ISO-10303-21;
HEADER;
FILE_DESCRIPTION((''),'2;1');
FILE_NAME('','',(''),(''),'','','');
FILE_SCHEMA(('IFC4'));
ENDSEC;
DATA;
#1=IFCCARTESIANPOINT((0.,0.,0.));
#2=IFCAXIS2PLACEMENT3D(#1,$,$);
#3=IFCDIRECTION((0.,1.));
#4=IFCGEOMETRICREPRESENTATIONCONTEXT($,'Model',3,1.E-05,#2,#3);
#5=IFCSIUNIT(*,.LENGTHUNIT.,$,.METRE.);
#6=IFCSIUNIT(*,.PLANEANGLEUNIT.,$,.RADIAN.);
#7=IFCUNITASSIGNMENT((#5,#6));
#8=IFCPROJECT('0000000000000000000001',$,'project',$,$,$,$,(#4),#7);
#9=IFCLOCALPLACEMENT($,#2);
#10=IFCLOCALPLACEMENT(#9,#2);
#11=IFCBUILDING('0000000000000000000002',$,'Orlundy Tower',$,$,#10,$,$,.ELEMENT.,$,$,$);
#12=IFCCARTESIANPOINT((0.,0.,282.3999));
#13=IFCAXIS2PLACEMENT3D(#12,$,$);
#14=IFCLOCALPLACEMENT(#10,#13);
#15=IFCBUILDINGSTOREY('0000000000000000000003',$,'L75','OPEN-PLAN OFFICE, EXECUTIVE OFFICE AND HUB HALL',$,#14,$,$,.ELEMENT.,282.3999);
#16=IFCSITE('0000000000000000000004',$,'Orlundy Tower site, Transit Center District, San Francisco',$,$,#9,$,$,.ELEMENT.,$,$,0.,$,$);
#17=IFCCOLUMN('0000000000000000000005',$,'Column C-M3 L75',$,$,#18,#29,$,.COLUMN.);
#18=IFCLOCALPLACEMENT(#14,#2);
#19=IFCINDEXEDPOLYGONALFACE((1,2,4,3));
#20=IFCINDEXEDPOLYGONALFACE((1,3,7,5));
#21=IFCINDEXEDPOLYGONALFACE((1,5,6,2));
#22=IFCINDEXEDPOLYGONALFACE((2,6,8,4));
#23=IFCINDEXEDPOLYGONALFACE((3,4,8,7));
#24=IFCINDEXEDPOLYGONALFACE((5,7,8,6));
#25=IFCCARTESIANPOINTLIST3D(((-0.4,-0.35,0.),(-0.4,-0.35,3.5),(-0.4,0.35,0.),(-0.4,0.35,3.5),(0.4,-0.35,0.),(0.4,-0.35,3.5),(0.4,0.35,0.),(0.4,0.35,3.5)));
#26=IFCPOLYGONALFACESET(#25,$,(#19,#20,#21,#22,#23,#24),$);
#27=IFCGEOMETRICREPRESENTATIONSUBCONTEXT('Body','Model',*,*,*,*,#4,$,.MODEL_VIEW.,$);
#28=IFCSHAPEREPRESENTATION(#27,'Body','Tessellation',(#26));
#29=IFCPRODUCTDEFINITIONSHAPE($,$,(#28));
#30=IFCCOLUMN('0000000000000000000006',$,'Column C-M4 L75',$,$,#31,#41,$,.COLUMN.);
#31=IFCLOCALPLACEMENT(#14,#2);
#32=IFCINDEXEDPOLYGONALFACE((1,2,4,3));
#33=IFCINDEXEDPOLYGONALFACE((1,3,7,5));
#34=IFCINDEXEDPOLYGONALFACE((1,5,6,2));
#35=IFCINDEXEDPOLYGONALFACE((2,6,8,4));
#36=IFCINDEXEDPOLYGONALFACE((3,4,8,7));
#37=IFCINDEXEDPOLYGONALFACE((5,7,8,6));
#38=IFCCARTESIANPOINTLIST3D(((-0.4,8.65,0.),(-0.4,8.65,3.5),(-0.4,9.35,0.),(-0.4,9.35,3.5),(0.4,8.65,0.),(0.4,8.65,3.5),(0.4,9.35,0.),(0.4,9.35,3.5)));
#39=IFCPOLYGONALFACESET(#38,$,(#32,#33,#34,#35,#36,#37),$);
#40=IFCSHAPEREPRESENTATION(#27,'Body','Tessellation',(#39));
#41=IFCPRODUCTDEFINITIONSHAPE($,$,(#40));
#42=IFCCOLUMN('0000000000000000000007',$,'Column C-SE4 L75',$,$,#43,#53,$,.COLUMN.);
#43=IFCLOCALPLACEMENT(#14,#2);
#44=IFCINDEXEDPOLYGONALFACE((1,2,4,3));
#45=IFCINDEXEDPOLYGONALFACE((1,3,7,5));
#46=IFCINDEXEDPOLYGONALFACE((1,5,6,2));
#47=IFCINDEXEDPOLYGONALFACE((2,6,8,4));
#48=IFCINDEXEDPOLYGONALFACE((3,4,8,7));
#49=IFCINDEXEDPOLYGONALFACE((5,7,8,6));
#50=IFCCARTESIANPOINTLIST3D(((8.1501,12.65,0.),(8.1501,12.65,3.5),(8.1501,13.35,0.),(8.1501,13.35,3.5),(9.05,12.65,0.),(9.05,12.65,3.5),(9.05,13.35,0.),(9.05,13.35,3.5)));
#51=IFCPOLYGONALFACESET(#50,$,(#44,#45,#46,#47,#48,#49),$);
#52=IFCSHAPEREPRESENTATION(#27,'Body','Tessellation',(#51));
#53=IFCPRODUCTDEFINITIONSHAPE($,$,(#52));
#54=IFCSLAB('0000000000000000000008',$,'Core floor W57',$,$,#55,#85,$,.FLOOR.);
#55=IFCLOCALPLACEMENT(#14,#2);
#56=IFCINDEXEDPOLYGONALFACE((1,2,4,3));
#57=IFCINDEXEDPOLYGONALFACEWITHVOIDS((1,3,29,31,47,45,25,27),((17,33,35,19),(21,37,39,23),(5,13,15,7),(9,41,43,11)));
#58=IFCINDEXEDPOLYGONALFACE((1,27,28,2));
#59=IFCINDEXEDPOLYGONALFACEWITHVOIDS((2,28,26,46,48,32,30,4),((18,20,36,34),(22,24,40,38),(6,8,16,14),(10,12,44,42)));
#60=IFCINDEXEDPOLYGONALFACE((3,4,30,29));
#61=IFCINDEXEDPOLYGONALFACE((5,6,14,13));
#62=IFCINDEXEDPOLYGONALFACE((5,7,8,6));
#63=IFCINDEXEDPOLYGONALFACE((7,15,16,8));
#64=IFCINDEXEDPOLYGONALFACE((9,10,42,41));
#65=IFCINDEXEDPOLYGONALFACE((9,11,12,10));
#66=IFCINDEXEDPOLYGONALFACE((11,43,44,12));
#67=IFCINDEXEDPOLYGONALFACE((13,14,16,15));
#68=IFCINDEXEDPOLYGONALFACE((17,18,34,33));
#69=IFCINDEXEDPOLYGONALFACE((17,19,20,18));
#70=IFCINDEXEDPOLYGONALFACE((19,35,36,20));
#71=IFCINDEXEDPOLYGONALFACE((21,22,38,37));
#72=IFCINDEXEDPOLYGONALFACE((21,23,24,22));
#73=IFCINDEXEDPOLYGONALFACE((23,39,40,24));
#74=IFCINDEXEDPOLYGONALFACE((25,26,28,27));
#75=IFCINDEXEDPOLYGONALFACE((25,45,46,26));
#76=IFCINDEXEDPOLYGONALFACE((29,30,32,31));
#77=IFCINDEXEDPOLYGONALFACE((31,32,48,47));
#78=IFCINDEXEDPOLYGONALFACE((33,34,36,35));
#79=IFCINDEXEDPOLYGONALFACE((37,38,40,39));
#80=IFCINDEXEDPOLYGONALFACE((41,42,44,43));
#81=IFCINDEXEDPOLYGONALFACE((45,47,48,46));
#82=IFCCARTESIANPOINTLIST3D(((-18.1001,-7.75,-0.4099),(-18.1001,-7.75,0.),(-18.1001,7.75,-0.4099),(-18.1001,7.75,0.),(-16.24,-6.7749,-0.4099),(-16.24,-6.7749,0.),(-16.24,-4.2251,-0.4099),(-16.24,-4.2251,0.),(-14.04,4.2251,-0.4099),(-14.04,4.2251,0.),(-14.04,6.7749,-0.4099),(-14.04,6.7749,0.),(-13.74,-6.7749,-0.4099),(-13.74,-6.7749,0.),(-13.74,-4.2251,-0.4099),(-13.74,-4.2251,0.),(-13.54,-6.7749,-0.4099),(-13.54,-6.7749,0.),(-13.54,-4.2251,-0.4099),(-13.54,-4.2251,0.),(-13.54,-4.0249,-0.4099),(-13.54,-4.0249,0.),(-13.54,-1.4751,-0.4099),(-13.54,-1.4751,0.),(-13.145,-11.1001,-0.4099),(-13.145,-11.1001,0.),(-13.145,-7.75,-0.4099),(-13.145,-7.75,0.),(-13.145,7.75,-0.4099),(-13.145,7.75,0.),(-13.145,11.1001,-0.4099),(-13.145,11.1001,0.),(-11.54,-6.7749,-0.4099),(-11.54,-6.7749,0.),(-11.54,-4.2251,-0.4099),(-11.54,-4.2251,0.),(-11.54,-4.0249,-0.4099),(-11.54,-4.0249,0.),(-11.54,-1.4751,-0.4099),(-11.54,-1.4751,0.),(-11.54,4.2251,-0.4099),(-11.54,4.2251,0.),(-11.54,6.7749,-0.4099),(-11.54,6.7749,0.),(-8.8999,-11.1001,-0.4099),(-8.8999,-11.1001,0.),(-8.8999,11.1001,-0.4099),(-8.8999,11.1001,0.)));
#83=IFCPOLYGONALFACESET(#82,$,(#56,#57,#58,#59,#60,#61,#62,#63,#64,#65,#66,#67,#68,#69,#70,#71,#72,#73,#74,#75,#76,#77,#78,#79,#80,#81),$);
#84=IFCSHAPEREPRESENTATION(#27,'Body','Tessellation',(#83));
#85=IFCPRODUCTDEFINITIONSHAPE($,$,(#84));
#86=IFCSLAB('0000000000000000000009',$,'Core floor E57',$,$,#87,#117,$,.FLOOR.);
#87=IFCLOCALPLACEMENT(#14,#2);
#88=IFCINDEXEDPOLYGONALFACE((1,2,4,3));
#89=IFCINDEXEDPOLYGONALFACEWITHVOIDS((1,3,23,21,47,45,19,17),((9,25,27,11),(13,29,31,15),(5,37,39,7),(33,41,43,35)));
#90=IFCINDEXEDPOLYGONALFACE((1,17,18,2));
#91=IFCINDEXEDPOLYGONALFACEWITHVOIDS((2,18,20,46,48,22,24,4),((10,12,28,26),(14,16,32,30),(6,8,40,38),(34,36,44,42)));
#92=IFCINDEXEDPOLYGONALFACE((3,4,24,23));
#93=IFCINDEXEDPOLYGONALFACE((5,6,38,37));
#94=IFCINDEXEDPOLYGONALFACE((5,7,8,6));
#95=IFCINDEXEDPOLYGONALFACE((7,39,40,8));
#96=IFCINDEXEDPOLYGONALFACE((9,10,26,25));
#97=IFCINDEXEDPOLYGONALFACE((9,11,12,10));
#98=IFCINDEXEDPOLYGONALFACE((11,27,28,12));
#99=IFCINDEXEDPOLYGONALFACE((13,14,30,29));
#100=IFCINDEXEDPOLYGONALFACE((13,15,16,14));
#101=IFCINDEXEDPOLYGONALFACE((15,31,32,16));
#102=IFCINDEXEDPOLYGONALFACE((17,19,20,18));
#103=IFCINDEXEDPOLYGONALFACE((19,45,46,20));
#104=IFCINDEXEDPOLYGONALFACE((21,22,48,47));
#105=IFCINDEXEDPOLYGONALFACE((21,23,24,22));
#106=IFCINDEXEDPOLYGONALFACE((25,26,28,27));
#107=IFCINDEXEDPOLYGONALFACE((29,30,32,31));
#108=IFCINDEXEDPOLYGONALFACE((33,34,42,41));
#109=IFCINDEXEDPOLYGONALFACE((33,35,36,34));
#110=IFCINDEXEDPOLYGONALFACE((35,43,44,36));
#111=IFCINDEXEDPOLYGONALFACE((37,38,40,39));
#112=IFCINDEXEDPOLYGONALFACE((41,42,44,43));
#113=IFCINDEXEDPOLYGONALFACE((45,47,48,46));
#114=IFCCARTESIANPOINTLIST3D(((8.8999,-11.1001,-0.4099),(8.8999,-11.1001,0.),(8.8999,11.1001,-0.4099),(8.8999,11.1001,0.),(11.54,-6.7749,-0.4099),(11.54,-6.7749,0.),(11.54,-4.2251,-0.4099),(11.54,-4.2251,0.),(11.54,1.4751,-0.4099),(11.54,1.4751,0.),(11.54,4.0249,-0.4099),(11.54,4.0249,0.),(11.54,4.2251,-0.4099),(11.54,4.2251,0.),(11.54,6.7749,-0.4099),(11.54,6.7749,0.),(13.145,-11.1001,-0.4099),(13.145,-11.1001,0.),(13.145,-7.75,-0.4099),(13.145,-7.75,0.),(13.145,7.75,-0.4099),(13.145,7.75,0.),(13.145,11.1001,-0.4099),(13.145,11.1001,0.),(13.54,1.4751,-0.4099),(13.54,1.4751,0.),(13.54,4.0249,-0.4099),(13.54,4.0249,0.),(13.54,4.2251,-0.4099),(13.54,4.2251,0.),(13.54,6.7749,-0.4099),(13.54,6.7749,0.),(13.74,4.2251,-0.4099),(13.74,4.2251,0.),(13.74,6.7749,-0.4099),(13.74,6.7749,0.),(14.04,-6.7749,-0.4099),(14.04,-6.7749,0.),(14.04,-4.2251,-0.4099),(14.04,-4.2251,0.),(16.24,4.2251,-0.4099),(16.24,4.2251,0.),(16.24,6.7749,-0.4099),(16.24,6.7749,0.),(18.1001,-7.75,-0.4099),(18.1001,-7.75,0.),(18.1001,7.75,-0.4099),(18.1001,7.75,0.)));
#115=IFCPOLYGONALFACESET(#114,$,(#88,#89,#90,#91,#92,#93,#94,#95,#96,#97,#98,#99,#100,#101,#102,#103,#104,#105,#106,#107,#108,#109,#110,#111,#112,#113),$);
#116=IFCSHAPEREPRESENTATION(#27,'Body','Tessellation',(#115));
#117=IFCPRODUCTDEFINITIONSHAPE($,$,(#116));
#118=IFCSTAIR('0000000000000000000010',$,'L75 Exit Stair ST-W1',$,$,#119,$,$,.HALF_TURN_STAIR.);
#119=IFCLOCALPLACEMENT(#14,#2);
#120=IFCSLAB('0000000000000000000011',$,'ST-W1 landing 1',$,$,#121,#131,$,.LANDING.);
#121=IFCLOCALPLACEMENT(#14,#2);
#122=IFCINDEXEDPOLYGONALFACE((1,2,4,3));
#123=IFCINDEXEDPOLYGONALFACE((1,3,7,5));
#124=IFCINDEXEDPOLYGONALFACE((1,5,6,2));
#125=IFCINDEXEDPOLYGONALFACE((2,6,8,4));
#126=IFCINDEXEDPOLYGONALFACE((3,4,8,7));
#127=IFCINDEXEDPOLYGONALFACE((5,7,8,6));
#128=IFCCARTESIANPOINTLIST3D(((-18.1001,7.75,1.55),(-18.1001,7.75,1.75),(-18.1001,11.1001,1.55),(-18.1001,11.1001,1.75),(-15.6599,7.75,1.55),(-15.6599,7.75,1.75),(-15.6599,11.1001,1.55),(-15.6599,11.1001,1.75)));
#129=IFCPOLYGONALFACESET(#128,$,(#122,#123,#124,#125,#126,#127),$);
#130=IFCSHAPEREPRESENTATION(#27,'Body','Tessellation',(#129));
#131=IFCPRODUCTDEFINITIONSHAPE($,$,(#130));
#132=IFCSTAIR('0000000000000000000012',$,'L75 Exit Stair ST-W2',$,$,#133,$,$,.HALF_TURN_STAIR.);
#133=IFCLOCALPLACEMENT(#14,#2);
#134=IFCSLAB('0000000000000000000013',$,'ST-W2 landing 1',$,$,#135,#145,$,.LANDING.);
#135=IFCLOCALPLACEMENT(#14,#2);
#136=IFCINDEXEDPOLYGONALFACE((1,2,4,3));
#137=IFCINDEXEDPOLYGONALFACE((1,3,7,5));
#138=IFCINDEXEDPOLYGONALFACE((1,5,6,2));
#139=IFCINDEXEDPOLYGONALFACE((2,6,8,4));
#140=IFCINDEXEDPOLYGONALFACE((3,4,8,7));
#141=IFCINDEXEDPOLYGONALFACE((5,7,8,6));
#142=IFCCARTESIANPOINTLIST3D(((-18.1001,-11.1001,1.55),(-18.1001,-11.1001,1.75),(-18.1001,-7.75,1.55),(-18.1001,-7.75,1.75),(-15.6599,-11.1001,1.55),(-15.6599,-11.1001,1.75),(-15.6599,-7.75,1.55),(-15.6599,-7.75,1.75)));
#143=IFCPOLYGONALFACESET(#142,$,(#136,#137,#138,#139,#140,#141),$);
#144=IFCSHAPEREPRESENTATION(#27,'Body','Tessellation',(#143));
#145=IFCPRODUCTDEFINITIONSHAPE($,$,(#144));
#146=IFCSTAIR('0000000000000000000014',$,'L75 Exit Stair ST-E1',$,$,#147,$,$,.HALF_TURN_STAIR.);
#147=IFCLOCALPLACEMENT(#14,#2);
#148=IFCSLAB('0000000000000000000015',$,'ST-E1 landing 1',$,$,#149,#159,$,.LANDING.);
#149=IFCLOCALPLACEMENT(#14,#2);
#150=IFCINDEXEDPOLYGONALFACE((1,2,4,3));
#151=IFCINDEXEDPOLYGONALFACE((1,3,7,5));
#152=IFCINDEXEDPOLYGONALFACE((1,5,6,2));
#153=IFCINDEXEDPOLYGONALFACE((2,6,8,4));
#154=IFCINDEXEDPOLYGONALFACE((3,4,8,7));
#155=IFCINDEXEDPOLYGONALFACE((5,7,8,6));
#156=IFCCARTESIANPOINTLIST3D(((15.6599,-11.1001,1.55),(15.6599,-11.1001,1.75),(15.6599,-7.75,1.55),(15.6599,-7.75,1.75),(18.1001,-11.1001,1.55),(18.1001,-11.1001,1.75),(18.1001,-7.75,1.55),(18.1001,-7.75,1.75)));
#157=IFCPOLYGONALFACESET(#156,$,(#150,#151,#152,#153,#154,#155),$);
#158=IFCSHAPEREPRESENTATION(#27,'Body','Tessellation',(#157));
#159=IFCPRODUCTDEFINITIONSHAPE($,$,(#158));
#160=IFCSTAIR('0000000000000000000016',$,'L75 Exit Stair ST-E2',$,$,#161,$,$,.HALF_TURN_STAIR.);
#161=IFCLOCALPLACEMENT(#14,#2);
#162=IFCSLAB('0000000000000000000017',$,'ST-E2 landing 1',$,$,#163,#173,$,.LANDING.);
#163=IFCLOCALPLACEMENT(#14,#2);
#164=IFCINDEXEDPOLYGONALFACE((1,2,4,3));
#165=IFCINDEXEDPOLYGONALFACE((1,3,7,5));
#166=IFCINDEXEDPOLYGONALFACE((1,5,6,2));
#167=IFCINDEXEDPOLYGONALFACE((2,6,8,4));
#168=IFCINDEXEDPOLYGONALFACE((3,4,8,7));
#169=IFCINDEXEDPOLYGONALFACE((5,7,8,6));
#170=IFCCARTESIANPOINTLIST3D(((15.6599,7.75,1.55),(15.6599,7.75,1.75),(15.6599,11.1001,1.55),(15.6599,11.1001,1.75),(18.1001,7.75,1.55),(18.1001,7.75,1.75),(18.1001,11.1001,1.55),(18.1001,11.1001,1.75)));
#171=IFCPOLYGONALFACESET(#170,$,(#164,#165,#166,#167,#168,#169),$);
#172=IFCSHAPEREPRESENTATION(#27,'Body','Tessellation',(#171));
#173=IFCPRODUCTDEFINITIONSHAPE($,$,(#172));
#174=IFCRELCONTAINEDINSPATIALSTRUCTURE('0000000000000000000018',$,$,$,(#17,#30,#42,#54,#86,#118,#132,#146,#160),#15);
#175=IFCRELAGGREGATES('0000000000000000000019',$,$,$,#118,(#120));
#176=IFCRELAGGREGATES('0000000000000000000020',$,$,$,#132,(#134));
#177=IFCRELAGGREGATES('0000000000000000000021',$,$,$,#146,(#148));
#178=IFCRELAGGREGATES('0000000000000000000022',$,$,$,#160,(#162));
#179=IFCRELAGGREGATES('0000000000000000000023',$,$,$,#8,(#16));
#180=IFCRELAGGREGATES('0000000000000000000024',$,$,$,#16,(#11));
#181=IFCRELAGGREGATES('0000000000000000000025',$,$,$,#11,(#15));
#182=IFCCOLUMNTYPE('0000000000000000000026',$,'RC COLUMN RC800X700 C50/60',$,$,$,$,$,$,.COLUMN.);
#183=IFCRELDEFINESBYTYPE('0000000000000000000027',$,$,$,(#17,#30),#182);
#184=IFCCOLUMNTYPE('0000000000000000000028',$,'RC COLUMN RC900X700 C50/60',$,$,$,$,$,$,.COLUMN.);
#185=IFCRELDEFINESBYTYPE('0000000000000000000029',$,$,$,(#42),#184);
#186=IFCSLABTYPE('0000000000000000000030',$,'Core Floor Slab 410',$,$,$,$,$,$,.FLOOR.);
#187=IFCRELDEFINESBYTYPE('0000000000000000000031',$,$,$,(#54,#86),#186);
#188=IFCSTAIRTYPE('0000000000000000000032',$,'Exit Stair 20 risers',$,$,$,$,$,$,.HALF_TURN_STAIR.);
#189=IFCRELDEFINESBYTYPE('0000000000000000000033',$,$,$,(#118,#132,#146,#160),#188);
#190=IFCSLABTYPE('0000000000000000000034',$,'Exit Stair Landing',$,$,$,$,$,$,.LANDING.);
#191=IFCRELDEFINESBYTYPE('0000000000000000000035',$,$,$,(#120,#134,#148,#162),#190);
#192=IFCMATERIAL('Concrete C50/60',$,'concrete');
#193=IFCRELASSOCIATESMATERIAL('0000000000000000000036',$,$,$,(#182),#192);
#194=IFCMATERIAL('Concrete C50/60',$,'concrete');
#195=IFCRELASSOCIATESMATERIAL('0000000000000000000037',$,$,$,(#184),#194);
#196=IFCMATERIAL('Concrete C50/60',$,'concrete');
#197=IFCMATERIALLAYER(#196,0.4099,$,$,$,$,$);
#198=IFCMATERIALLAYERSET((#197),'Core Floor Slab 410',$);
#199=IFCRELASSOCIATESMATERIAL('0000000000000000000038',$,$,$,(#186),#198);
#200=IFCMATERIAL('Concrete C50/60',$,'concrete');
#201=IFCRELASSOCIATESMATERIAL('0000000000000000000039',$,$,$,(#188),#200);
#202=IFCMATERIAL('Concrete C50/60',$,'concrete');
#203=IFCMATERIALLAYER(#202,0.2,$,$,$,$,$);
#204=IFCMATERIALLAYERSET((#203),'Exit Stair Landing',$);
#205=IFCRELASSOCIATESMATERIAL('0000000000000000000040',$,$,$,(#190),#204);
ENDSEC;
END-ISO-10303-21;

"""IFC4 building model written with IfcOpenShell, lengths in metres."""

from ifc_helpers import new_model, si_unit, direction, frame, origin, origin_2d, place, context, subcontext, project, spatial, polyline, rectangle, outline, extrude, material, layer, layer_set, material_profile, profile_set, type_object, element, aggregate, save


model = new_model("IFC4")

# Units and contexts
model_context = context("Model", 3, precision=1e-05, world=origin(), true_north=direction((0.0, 1.0)))
body_context = subcontext(model_context, "Body", "Model", "MODEL_VIEW")
ifc_project = project(units=[si_unit("LENGTHUNIT", "METRE"), si_unit("PLANEANGLEUNIT", "RADIAN")], contexts=[model_context])

# Site, building, storey
site_placement = place(None, origin())
site = spatial("IfcSite", under=ifc_project, at=site_placement, Name="Orlundy Tower site, Transit Center District, San Francisco", CompositionType="ELEMENT", RefElevation=0.0)
building_placement = place(site_placement, origin())
building = spatial("IfcBuilding", under=site, at=building_placement, Name="Orlundy Tower", CompositionType="ELEMENT")
storey_placement = place(building_placement, frame((0.0, 0.0, 282.3999)))
storey = spatial("IfcBuildingStorey", under=building, at=storey_placement, Name="L75", Description="OPEN-PLAN OFFICE, EXECUTIVE OFFICE AND HUB HALL", CompositionType="ELEMENT", Elevation=282.3999)

# Columns
ifc_material_1 = material(Name="Concrete C50/60", Category="concrete")
ifc_material_profile_1 = material_profile(ifc_material_1, rectangle(XDim=0.8, YDim=0.7, at=origin_2d()), Name="RC800X700")
ifc_profile_set_1 = profile_set([ifc_material_profile_1], Name="Concrete C50/60")
column_type_1 = type_object("IfcColumnType", Name="RC COLUMN RC800X700 C50/60", PredefinedType="COLUMN", material=ifc_profile_set_1)
for number, where, z_axis, x_axis, name in (
    (1, (0.0, 0.0, 0.0), (0.0, 0.0, 1.0), (1.0, 0.0, 0.0), "Column C-M3 L75"),
    (2, (0.0, 9.0, 0.0), (0.0, 0.0, 1.0), (1.0, 0.0, 0.0), "Column C-M4 L75"),
):
    element("IfcColumn", number, at=place(storey_placement, frame(where, z_axis=z_axis, x_axis=x_axis)), inside=storey, type_object=column_type_1, Name=name, PredefinedType="COLUMN", context=body_context, shape_type="SweptSolid", body=[
        extrude(rectangle(XDim=0.8, YDim=0.7, at=origin_2d()), origin(), (0.0, 0.0, 1.0), 3.5),
    ])
ifc_material_2 = material(Name="Concrete C50/60", Category="concrete")
ifc_material_profile_2 = material_profile(ifc_material_2, rectangle(XDim=0.8999, YDim=0.7, at=origin_2d()), Name="RC900X700")
ifc_profile_set_2 = profile_set([ifc_material_profile_2], Name="Concrete C50/60")
column_type_2 = type_object("IfcColumnType", Name="RC COLUMN RC900X700 C50/60", PredefinedType="COLUMN", material=ifc_profile_set_2)
column_placement = place(storey_placement, frame((8.6001, 13.0, 0.0), z_axis=(0.0, 0.0, 1.0), x_axis=(1.0, 0.0, 0.0)))
element("IfcColumn", 3, at=column_placement, inside=storey, type_object=column_type_2, Name="Column C-SE4 L75", PredefinedType="COLUMN", context=body_context, shape_type="SweptSolid", body=[
    extrude(rectangle(XDim=0.8999, YDim=0.7, at=origin_2d()), origin(), (0.0, 0.0, 1.0), 3.5),
])

# Slabs
ifc_material_3 = material(Name="Concrete C50/60", Category="concrete")
ifc_layer_1 = layer(ifc_material_3, 0.4099)
ifc_layer_set_1 = layer_set([ifc_layer_1], Name="Core Floor Slab 410")
slab_type_1 = type_object("IfcSlabType", Name="Core Floor Slab 410", PredefinedType="FLOOR", material=ifc_layer_set_1)
slab_1_placement = place(storey_placement, frame((0.0, 0.0, -0.4099)))
element("IfcSlab", 4, at=slab_1_placement, inside=storey, type_object=slab_type_1, Name="Core floor W57", PredefinedType="FLOOR", context=body_context, shape_type="SweptSolid", body=[
    extrude(outline(polyline([(-18.1001, 7.75), (-13.145, 7.75), (-13.145, 11.1001), (-8.8999, 11.1001), (-8.8999, -11.1001), (-13.145, -11.1001), (-13.145, -7.75), (-18.1001, -7.75), (-18.1001, 7.75)]), holes=[polyline([(-13.54, -4.2251), (-13.54, -6.7749), (-11.54, -6.7749), (-11.54, -4.2251), (-13.54, -4.2251)]), polyline([(-13.74, -4.2251), (-16.24, -4.2251), (-16.24, -6.7749), (-13.74, -6.7749), (-13.74, -4.2251)]), polyline([(-11.54, -4.0249), (-11.54, -1.4751), (-13.54, -1.4751), (-13.54, -4.0249), (-11.54, -4.0249)]), polyline([(-14.04, 4.2251), (-11.54, 4.2251), (-11.54, 6.7749), (-14.04, 6.7749), (-14.04, 4.2251)])]), origin(), (0.0, 0.0, 1.0), 0.4099),
])
slab_2_placement = place(storey_placement, frame((0.0, 0.0, -0.4099)))
element("IfcSlab", 5, at=slab_2_placement, inside=storey, type_object=slab_type_1, Name="Core floor E57", PredefinedType="FLOOR", context=body_context, shape_type="SweptSolid", body=[
    extrude(outline(polyline([(18.1001, -7.75), (13.145, -7.75), (13.145, -11.1001), (8.8999, -11.1001), (8.8999, 11.1001), (13.145, 11.1001), (13.145, 7.75), (18.1001, 7.75), (18.1001, -7.75)]), holes=[polyline([(13.54, 4.2251), (13.54, 6.7749), (11.54, 6.7749), (11.54, 4.2251), (13.54, 4.2251)]), polyline([(13.74, 4.2251), (16.24, 4.2251), (16.24, 6.7749), (13.74, 6.7749), (13.74, 4.2251)]), polyline([(11.54, 4.0249), (11.54, 1.4751), (13.54, 1.4751), (13.54, 4.0249), (11.54, 4.0249)]), polyline([(14.04, -4.2251), (11.54, -4.2251), (11.54, -6.7749), (14.04, -6.7749), (14.04, -4.2251)])]), origin(), (0.0, 0.0, 1.0), 0.4099),
])

# Stairs, slabs
ifc_material_4 = material(Name="Concrete C50/60", Category="concrete")
stair_type = type_object("IfcStairType", Name="Exit Stair 20 risers", PredefinedType="HALF_TURN_STAIR", material=ifc_material_4)
stair_1_placement = place(storey_placement, origin())
stair_1 = element("IfcStair", 6, at=stair_1_placement, inside=storey, type_object=stair_type, Name="L75 Exit Stair ST-W1", PredefinedType="HALF_TURN_STAIR")
ifc_material_5 = material(Name="Concrete C50/60", Category="concrete")
ifc_layer_2 = layer(ifc_material_5, 0.2)
ifc_layer_set_2 = layer_set([ifc_layer_2], Name="Exit Stair Landing")
slab_type_2 = type_object("IfcSlabType", Name="Exit Stair Landing", PredefinedType="LANDING", material=ifc_layer_set_2)
slab_3_placement = place(storey_placement, frame((0.0, 0.0, 1.55)))
slab_3 = element("IfcSlab", 7, at=slab_3_placement, type_object=slab_type_2, Name="ST-W1 landing 1", PredefinedType="LANDING", context=body_context, shape_type="SweptSolid", body=[
    extrude(outline(polyline([(-15.6599, 11.1001), (-18.1001, 11.1001), (-18.1001, 7.75), (-15.6599, 7.75), (-15.6599, 11.1001)])), origin(), (0.0, 0.0, 1.0), 0.2),
])
aggregate(stair_1, [slab_3])
stair_2_placement = place(storey_placement, origin())
stair_2 = element("IfcStair", 8, at=stair_2_placement, inside=storey, type_object=stair_type, Name="L75 Exit Stair ST-W2", PredefinedType="HALF_TURN_STAIR")
slab_4_placement = place(storey_placement, frame((0.0, 0.0, 1.55)))
slab_4 = element("IfcSlab", 9, at=slab_4_placement, type_object=slab_type_2, Name="ST-W2 landing 1", PredefinedType="LANDING", context=body_context, shape_type="SweptSolid", body=[
    extrude(outline(polyline([(-15.6599, -7.75), (-18.1001, -7.75), (-18.1001, -11.1001), (-15.6599, -11.1001), (-15.6599, -7.75)])), origin(), (0.0, 0.0, 1.0), 0.2),
])
aggregate(stair_2, [slab_4])
stair_3_placement = place(storey_placement, origin())
stair_3 = element("IfcStair", 10, at=stair_3_placement, inside=storey, type_object=stair_type, Name="L75 Exit Stair ST-E1", PredefinedType="HALF_TURN_STAIR")
slab_5_placement = place(storey_placement, frame((0.0, 0.0, 1.55)))
slab_5 = element("IfcSlab", 11, at=slab_5_placement, type_object=slab_type_2, Name="ST-E1 landing 1", PredefinedType="LANDING", context=body_context, shape_type="SweptSolid", body=[
    extrude(outline(polyline([(15.6599, -11.1001), (18.1001, -11.1001), (18.1001, -7.75), (15.6599, -7.75), (15.6599, -11.1001)])), origin(), (0.0, 0.0, 1.0), 0.2),
])
aggregate(stair_3, [slab_5])
stair_4_placement = place(storey_placement, origin())
stair_4 = element("IfcStair", 12, at=stair_4_placement, inside=storey, type_object=stair_type, Name="L75 Exit Stair ST-E2", PredefinedType="HALF_TURN_STAIR")
slab_6_placement = place(storey_placement, frame((0.0, 0.0, 1.55)))
slab_6 = element("IfcSlab", 13, at=slab_6_placement, type_object=slab_type_2, Name="ST-E2 landing 1", PredefinedType="LANDING", context=body_context, shape_type="SweptSolid", body=[
    extrude(outline(polyline([(15.6599, 7.75), (18.1001, 7.75), (18.1001, 11.1001), (15.6599, 11.1001), (15.6599, 7.75)])), origin(), (0.0, 0.0, 1.0), 0.2),
])
aggregate(stair_4, [slab_6])

save(model, "model.ifc")
